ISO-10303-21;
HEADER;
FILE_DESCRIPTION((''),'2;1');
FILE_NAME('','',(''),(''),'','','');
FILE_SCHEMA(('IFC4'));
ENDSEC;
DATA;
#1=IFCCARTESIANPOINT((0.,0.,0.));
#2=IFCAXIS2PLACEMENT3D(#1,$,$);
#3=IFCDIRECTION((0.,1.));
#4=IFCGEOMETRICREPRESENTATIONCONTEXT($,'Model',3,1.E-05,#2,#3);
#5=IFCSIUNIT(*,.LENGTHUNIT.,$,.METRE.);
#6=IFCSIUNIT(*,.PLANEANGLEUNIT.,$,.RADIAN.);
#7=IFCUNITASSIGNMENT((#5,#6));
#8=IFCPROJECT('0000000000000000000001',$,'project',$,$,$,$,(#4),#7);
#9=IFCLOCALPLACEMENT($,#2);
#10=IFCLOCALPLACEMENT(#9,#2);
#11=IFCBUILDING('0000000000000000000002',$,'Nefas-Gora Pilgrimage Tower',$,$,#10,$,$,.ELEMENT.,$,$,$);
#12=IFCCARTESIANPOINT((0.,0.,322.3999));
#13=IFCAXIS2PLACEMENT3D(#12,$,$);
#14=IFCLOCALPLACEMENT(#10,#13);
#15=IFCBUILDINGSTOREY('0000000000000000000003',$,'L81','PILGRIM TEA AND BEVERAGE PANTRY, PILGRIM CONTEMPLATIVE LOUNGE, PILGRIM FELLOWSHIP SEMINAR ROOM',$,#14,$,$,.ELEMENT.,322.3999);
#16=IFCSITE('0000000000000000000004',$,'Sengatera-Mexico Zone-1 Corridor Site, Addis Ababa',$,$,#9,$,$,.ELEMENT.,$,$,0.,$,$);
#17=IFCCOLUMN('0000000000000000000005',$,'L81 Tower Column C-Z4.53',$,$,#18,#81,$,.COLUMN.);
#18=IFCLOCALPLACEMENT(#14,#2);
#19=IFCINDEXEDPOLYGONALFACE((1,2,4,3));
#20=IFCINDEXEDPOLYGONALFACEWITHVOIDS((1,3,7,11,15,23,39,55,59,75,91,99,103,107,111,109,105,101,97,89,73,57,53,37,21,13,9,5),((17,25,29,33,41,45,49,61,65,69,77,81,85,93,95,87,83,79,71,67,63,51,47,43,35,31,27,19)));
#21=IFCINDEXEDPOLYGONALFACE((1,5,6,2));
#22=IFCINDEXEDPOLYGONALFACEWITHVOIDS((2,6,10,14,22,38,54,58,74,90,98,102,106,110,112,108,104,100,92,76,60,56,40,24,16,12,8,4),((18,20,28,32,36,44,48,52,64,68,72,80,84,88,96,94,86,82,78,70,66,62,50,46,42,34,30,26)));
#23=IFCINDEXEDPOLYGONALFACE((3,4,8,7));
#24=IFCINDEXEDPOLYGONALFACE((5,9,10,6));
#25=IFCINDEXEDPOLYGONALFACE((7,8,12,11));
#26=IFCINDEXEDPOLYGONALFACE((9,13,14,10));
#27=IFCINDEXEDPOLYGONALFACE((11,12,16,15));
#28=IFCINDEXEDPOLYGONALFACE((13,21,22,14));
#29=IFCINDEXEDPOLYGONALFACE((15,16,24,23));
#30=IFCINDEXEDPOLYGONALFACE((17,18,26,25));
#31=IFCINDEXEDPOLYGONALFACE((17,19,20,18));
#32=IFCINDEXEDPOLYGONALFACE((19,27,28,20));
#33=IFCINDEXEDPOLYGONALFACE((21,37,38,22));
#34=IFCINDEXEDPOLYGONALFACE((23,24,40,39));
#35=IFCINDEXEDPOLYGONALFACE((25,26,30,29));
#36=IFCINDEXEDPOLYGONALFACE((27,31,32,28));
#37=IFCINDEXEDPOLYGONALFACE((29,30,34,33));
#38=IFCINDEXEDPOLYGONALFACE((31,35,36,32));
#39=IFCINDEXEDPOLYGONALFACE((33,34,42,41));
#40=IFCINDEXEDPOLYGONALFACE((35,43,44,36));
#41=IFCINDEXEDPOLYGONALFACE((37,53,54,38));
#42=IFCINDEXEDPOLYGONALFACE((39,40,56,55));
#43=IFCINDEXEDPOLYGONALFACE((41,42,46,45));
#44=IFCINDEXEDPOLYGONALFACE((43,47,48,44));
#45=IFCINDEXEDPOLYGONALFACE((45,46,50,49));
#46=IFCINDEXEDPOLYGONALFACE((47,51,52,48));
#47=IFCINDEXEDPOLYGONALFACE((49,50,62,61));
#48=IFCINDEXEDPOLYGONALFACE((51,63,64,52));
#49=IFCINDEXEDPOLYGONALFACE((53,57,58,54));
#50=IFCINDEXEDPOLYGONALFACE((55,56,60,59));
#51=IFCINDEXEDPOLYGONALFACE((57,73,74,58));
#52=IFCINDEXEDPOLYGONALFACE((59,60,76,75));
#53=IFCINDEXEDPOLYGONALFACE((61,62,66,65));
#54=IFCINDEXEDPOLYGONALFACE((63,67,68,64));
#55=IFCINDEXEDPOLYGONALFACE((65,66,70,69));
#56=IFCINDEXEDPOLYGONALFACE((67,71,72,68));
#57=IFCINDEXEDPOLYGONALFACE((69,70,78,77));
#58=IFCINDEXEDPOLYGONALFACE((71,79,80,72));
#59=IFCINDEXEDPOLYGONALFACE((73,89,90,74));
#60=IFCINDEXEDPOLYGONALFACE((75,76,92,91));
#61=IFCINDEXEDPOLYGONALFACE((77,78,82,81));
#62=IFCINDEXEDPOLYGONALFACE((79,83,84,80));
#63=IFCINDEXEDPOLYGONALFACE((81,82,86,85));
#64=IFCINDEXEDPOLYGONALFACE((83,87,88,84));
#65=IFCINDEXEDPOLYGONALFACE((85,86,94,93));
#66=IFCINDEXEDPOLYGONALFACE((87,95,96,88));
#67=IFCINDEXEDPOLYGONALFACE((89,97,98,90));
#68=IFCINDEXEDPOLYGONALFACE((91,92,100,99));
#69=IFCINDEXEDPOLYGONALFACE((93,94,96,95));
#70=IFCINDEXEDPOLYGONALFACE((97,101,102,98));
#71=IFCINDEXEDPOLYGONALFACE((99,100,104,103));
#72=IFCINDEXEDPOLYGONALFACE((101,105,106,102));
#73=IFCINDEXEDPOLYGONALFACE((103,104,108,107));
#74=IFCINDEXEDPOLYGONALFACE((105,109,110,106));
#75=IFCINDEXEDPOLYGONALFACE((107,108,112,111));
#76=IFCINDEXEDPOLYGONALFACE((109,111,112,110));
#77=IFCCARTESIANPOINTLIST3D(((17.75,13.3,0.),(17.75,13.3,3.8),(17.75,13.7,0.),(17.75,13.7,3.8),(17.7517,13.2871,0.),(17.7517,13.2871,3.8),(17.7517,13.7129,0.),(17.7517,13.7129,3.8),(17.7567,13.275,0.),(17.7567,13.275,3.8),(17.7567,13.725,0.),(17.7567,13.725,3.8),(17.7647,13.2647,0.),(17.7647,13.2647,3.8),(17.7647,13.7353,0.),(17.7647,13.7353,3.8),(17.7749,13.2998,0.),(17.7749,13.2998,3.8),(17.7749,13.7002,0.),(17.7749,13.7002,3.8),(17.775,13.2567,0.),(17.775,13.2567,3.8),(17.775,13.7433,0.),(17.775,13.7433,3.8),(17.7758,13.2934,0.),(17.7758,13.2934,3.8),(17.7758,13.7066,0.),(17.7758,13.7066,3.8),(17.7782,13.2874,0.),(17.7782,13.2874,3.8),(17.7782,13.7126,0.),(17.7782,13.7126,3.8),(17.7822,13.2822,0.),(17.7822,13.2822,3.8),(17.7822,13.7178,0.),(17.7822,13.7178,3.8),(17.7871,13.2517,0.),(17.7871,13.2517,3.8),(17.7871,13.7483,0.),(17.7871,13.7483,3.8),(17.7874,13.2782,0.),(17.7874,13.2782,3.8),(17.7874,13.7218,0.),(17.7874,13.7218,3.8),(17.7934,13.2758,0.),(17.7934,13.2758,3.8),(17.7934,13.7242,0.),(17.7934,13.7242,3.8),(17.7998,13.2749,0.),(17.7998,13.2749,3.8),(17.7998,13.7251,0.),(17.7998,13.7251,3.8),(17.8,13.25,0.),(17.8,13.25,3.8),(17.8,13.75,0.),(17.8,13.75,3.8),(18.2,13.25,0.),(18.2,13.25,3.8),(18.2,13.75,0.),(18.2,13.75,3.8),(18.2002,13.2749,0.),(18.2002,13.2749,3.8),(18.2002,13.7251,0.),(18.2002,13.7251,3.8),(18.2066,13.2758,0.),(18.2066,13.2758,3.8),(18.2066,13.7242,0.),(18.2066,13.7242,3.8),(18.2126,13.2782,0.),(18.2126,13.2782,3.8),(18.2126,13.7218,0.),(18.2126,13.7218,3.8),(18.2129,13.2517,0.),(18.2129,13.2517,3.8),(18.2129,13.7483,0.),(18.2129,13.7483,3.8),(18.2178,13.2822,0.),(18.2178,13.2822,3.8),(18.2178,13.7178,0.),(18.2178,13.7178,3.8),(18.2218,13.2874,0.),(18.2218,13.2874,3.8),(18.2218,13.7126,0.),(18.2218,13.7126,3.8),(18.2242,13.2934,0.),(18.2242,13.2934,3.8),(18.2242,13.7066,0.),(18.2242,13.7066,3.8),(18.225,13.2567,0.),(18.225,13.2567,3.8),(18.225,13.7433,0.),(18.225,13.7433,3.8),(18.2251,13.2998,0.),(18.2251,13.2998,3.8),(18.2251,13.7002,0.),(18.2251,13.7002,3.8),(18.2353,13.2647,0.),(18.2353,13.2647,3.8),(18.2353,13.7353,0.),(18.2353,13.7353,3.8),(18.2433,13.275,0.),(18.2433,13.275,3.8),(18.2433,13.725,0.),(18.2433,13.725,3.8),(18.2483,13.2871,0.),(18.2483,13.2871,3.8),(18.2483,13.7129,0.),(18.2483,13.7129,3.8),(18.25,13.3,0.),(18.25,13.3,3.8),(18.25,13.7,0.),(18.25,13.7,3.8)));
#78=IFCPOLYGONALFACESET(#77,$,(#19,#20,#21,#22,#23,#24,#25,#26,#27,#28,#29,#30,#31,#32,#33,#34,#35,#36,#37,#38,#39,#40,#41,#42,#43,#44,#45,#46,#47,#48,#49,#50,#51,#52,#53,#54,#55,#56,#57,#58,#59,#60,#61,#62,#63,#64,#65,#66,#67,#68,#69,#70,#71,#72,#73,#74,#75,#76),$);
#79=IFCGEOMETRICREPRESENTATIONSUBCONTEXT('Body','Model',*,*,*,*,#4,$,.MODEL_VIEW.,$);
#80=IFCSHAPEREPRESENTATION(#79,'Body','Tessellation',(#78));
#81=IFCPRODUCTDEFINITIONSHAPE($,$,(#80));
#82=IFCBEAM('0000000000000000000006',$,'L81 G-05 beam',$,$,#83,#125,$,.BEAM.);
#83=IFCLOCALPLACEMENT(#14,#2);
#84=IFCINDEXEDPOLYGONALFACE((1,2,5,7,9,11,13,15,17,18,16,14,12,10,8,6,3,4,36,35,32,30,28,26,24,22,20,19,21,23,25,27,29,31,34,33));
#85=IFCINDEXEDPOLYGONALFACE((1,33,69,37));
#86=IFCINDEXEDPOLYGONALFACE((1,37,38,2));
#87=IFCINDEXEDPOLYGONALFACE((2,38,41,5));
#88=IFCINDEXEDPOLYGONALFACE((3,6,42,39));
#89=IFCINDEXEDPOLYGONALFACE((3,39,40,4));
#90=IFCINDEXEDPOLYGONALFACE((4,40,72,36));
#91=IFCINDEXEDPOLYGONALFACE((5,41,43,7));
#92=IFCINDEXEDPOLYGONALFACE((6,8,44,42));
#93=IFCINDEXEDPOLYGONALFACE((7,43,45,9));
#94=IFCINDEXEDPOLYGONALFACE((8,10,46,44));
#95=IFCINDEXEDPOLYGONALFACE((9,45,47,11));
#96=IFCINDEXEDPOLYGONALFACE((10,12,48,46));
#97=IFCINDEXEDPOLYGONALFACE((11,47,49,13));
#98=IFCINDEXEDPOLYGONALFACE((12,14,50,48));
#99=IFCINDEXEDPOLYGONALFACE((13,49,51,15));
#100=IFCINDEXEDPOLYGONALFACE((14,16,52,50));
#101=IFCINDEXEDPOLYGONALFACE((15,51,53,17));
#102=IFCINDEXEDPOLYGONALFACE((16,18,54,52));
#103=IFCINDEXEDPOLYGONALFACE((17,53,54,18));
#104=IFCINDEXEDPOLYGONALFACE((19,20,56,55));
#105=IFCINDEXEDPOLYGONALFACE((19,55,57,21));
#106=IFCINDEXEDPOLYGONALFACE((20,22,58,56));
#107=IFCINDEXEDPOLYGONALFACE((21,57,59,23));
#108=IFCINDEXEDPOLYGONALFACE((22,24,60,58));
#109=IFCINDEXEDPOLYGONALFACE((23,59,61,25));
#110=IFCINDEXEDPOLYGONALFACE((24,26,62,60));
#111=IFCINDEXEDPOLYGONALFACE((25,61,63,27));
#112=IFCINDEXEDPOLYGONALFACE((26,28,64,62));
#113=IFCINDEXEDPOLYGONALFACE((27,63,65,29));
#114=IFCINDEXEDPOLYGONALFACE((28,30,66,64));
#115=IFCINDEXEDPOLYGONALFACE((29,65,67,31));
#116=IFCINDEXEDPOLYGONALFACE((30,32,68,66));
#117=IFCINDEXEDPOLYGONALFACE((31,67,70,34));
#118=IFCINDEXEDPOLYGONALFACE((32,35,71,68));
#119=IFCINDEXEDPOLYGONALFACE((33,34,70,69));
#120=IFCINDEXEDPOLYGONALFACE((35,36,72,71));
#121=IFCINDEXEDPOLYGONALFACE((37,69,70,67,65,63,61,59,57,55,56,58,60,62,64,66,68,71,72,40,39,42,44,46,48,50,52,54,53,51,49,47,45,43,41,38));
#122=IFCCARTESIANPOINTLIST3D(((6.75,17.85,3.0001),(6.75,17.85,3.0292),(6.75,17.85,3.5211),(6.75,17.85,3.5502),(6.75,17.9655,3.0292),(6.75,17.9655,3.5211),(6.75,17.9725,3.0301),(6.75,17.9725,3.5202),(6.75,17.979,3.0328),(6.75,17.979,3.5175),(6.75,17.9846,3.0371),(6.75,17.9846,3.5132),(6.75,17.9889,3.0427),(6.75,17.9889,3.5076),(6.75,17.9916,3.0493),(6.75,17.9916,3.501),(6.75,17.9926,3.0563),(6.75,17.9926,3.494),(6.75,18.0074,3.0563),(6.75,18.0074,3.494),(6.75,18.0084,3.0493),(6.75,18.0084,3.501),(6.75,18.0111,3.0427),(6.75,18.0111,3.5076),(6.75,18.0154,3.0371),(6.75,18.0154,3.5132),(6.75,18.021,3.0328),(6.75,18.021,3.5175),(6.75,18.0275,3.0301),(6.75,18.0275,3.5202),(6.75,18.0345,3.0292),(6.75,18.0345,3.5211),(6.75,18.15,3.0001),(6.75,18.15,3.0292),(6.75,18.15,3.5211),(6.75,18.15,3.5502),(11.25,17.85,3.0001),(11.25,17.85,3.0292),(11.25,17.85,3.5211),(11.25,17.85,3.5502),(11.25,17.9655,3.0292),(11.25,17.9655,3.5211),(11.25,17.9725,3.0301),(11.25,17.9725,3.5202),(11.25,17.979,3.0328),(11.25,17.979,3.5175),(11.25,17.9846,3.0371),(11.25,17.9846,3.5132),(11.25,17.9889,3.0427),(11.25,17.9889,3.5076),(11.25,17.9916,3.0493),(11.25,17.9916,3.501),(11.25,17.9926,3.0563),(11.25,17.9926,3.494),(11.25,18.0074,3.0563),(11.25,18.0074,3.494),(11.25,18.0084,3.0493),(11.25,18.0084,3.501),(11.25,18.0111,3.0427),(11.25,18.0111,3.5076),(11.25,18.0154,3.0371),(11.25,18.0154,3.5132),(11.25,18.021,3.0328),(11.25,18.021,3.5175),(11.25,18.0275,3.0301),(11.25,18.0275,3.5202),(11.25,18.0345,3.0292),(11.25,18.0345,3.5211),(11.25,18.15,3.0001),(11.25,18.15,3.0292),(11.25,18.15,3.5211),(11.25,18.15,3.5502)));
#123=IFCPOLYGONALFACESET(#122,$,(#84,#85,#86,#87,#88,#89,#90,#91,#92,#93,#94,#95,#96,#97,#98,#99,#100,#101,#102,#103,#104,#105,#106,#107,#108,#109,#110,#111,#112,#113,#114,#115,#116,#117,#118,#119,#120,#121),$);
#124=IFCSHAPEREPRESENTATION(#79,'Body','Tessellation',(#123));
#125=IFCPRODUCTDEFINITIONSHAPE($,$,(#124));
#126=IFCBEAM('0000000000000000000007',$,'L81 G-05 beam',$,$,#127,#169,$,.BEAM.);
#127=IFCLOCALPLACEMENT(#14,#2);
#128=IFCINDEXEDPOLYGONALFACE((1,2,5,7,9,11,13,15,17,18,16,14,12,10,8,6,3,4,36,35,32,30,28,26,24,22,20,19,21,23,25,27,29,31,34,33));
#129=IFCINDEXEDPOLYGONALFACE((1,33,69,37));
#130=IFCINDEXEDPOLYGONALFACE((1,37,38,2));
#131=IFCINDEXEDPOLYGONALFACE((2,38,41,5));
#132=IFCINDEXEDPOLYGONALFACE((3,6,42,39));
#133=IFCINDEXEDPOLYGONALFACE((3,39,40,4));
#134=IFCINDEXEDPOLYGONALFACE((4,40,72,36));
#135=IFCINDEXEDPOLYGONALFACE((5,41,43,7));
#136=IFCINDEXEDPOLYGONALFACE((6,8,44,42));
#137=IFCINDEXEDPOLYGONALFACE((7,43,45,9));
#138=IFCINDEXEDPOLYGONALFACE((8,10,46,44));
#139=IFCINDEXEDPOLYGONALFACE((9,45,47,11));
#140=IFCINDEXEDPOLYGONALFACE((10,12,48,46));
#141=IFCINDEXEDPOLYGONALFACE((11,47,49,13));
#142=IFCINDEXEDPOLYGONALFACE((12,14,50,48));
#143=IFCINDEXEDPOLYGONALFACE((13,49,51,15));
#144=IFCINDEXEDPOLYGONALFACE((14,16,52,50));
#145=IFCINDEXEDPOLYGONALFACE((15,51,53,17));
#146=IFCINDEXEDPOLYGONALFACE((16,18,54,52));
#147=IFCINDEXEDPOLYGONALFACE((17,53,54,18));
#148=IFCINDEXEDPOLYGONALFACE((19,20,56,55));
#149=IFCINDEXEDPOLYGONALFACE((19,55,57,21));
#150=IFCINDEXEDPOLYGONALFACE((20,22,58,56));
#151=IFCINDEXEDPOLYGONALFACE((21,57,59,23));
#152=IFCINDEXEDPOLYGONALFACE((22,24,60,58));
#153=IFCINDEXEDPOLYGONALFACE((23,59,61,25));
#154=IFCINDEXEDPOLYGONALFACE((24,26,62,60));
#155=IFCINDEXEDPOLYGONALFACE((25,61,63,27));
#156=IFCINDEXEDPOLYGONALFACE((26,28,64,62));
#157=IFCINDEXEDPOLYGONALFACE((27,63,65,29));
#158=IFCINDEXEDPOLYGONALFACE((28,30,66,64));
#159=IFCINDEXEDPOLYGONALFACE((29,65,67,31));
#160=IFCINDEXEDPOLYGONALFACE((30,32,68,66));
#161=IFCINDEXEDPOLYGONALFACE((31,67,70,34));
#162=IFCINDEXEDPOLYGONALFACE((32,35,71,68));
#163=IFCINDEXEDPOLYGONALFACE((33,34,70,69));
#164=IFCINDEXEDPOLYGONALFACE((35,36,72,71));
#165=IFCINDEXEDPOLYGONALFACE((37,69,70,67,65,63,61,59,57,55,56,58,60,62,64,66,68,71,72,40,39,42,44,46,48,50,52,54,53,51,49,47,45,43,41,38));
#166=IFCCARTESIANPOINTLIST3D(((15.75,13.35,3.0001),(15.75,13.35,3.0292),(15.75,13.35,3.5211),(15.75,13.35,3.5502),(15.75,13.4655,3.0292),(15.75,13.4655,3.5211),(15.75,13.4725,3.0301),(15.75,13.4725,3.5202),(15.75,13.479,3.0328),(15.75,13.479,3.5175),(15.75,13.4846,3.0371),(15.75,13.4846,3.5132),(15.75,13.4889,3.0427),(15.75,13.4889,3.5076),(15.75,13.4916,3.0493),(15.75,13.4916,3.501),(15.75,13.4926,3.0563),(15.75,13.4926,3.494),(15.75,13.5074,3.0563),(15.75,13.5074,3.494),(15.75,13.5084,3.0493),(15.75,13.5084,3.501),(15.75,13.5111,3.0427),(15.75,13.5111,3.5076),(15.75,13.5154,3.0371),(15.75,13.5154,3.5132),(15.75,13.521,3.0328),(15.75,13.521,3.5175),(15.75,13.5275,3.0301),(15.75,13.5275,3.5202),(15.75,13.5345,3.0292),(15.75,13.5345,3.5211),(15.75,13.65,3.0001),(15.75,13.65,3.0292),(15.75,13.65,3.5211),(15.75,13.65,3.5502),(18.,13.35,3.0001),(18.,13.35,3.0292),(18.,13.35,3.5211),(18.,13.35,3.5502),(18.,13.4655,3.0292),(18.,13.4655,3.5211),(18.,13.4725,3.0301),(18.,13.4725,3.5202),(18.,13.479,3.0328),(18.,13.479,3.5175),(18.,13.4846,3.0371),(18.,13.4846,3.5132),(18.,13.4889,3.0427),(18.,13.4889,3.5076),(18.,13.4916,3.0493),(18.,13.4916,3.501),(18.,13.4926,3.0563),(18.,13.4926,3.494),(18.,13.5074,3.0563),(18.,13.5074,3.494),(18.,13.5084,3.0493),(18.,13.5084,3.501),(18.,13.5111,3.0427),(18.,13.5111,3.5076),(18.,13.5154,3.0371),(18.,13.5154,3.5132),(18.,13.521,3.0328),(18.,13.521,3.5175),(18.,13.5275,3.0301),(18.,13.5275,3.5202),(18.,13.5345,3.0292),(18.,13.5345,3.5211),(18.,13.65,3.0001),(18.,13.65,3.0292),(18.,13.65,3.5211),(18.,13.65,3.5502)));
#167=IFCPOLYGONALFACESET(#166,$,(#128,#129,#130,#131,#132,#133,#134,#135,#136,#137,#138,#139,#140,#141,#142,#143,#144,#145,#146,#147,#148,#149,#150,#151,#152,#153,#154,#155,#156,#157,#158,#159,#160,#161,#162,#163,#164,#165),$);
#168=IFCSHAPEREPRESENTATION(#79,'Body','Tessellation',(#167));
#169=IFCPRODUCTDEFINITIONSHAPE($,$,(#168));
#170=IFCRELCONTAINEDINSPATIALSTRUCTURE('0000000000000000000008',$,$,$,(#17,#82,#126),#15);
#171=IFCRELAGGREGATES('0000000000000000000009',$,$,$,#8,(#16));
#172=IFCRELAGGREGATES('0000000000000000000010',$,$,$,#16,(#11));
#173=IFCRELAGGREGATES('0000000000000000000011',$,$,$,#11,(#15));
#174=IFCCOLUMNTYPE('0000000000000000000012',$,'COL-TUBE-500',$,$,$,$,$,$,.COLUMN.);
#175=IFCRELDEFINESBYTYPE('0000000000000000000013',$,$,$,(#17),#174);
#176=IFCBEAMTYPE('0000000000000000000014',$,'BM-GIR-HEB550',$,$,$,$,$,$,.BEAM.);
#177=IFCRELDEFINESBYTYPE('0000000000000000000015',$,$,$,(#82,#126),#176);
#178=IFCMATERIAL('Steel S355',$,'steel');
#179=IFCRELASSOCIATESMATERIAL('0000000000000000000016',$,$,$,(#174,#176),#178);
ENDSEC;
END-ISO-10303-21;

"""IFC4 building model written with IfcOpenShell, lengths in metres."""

from ifc_helpers import new_model, si_unit, direction, frame, origin, origin_2d, place, context, subcontext, project, spatial, hollow_rectangle, i_section, extrude, source, transform, mapped, material, material_profile, profile_set, type_object, element, save


model = new_model("IFC4")

# Units and contexts
model_context = context("Model", 3, precision=1e-05, world=origin(), true_north=direction((0.0, 1.0)))
body_context = subcontext(model_context, "Body", "Model", "MODEL_VIEW")
ifc_project = project(units=[si_unit("LENGTHUNIT", "METRE"), si_unit("PLANEANGLEUNIT", "RADIAN")], contexts=[model_context])

# Site, building, storey
site_placement = place(None, origin())
site = spatial("IfcSite", under=ifc_project, at=site_placement, Name="Sengatera-Mexico Zone-1 Corridor Site, Addis Ababa", CompositionType="ELEMENT", RefElevation=0.0)
building_placement = place(site_placement, origin())
building = spatial("IfcBuilding", under=site, at=building_placement, Name="Nefas-Gora Pilgrimage Tower", CompositionType="ELEMENT")
storey_placement = place(building_placement, frame((0.0, 0.0, 322.3999)))
storey = spatial("IfcBuildingStorey", under=building, at=storey_placement, Name="L81", Description="PILGRIM TEA AND BEVERAGE PANTRY, PILGRIM CONTEMPLATIVE LOUNGE, PILGRIM FELLOWSHIP SEMINAR ROOM", CompositionType="ELEMENT", Elevation=322.3999)

# Column
ifc_material_1 = material(Name="Steel S355", Category="steel")
ifc_material_profile_1 = material_profile(ifc_material_1, hollow_rectangle(XDim=0.5, YDim=0.5, WallThickness=0.0249, InnerFilletRadius=0.0249, OuterFilletRadius=0.05, at=origin_2d()), Name="SHS 500x500x25")
ifc_profile_set_1 = profile_set([ifc_material_profile_1], Name="Steel S355")
column_type_1 = type_object("IfcColumnType", Name="COL-TUBE-500", PredefinedType="COLUMN", material=ifc_profile_set_1)
shared_shape_1 = source(origin(), body_context, "Body", "SweptSolid", [
    extrude(hollow_rectangle(XDim=0.5, YDim=0.5, WallThickness=0.0249, InnerFilletRadius=0.0249, OuterFilletRadius=0.05, at=origin_2d()), origin(), (0.0, 0.0, 1.0), 3.8),
])
column_placement = place(storey_placement, frame((18.0, 13.5, 0.0), z_axis=(0.0, 0.0, 1.0), x_axis=(1.0, 0.0, 0.0)))
element("IfcColumn", 1, at=column_placement, inside=storey, type_object=column_type_1, Name="L81 Tower Column C-Z4.53", PredefinedType="COLUMN", context=body_context, shape_type="MappedRepresentation", body=[
    mapped(shared_shape_1, transform((0.0, 0.0, 0.0), x_axis=(1.0, 0.0, 0.0), y_axis=(0.0, 1.0, 0.0), z_axis=(0.0, 0.0, 1.0), scale=1.0)),
])

# Beams
ifc_material_profile_2 = material_profile(ifc_material_1, i_section(OverallWidth=0.3, OverallDepth=0.55, WebThickness=0.0149, FlangeThickness=0.0291, FilletRadius=0.0271, at=origin_2d()), Name="HEB 550")
ifc_profile_set_2 = profile_set([ifc_material_profile_2], Name="Steel S355")
beam_type = type_object("IfcBeamType", Name="BM-GIR-HEB550", PredefinedType="BEAM", material=ifc_profile_set_2)
shared_shape_2 = source(origin(), body_context, "Body", "SweptSolid", [
    extrude(i_section(OverallWidth=0.3, OverallDepth=0.55, WebThickness=0.0149, FlangeThickness=0.0291, FilletRadius=0.0271, at=origin_2d()), origin(), (0.0, 0.0, 1.0), 4.5),
])
beam_1_placement = place(storey_placement, frame((6.75, 18.0, 3.2751), z_axis=(1.0, 0.0, 0.0), x_axis=(0.0, 1.0, 0.0)))
element("IfcBeam", 2, at=beam_1_placement, inside=storey, type_object=beam_type, Name="L81 G-05 beam", PredefinedType="BEAM", context=body_context, shape_type="MappedRepresentation", body=[
    mapped(shared_shape_2, transform((0.0, 0.0, 0.0), x_axis=(1.0, 0.0, 0.0), y_axis=(0.0, 1.0, 0.0), z_axis=(0.0, 0.0, 1.0), scale=1.0)),
])
shared_shape_3 = source(origin(), body_context, "Body", "SweptSolid", [
    extrude(i_section(OverallWidth=0.3, OverallDepth=0.55, WebThickness=0.0149, FlangeThickness=0.0291, FilletRadius=0.0271, at=origin_2d()), origin(), (0.0, 0.0, 1.0), 2.25),
])
beam_2_placement = place(storey_placement, frame((15.75, 13.5, 3.2751), z_axis=(1.0, 0.0, 0.0), x_axis=(0.0, 1.0, 0.0)))
element("IfcBeam", 3, at=beam_2_placement, inside=storey, type_object=beam_type, Name="L81 G-05 beam", PredefinedType="BEAM", context=body_context, shape_type="MappedRepresentation", body=[
    mapped(shared_shape_3, transform((0.0, 0.0, 0.0), x_axis=(1.0, 0.0, 0.0), y_axis=(0.0, 1.0, 0.0), z_axis=(0.0, 0.0, 1.0), scale=1.0)),
])

save(model, "model.ifc")
